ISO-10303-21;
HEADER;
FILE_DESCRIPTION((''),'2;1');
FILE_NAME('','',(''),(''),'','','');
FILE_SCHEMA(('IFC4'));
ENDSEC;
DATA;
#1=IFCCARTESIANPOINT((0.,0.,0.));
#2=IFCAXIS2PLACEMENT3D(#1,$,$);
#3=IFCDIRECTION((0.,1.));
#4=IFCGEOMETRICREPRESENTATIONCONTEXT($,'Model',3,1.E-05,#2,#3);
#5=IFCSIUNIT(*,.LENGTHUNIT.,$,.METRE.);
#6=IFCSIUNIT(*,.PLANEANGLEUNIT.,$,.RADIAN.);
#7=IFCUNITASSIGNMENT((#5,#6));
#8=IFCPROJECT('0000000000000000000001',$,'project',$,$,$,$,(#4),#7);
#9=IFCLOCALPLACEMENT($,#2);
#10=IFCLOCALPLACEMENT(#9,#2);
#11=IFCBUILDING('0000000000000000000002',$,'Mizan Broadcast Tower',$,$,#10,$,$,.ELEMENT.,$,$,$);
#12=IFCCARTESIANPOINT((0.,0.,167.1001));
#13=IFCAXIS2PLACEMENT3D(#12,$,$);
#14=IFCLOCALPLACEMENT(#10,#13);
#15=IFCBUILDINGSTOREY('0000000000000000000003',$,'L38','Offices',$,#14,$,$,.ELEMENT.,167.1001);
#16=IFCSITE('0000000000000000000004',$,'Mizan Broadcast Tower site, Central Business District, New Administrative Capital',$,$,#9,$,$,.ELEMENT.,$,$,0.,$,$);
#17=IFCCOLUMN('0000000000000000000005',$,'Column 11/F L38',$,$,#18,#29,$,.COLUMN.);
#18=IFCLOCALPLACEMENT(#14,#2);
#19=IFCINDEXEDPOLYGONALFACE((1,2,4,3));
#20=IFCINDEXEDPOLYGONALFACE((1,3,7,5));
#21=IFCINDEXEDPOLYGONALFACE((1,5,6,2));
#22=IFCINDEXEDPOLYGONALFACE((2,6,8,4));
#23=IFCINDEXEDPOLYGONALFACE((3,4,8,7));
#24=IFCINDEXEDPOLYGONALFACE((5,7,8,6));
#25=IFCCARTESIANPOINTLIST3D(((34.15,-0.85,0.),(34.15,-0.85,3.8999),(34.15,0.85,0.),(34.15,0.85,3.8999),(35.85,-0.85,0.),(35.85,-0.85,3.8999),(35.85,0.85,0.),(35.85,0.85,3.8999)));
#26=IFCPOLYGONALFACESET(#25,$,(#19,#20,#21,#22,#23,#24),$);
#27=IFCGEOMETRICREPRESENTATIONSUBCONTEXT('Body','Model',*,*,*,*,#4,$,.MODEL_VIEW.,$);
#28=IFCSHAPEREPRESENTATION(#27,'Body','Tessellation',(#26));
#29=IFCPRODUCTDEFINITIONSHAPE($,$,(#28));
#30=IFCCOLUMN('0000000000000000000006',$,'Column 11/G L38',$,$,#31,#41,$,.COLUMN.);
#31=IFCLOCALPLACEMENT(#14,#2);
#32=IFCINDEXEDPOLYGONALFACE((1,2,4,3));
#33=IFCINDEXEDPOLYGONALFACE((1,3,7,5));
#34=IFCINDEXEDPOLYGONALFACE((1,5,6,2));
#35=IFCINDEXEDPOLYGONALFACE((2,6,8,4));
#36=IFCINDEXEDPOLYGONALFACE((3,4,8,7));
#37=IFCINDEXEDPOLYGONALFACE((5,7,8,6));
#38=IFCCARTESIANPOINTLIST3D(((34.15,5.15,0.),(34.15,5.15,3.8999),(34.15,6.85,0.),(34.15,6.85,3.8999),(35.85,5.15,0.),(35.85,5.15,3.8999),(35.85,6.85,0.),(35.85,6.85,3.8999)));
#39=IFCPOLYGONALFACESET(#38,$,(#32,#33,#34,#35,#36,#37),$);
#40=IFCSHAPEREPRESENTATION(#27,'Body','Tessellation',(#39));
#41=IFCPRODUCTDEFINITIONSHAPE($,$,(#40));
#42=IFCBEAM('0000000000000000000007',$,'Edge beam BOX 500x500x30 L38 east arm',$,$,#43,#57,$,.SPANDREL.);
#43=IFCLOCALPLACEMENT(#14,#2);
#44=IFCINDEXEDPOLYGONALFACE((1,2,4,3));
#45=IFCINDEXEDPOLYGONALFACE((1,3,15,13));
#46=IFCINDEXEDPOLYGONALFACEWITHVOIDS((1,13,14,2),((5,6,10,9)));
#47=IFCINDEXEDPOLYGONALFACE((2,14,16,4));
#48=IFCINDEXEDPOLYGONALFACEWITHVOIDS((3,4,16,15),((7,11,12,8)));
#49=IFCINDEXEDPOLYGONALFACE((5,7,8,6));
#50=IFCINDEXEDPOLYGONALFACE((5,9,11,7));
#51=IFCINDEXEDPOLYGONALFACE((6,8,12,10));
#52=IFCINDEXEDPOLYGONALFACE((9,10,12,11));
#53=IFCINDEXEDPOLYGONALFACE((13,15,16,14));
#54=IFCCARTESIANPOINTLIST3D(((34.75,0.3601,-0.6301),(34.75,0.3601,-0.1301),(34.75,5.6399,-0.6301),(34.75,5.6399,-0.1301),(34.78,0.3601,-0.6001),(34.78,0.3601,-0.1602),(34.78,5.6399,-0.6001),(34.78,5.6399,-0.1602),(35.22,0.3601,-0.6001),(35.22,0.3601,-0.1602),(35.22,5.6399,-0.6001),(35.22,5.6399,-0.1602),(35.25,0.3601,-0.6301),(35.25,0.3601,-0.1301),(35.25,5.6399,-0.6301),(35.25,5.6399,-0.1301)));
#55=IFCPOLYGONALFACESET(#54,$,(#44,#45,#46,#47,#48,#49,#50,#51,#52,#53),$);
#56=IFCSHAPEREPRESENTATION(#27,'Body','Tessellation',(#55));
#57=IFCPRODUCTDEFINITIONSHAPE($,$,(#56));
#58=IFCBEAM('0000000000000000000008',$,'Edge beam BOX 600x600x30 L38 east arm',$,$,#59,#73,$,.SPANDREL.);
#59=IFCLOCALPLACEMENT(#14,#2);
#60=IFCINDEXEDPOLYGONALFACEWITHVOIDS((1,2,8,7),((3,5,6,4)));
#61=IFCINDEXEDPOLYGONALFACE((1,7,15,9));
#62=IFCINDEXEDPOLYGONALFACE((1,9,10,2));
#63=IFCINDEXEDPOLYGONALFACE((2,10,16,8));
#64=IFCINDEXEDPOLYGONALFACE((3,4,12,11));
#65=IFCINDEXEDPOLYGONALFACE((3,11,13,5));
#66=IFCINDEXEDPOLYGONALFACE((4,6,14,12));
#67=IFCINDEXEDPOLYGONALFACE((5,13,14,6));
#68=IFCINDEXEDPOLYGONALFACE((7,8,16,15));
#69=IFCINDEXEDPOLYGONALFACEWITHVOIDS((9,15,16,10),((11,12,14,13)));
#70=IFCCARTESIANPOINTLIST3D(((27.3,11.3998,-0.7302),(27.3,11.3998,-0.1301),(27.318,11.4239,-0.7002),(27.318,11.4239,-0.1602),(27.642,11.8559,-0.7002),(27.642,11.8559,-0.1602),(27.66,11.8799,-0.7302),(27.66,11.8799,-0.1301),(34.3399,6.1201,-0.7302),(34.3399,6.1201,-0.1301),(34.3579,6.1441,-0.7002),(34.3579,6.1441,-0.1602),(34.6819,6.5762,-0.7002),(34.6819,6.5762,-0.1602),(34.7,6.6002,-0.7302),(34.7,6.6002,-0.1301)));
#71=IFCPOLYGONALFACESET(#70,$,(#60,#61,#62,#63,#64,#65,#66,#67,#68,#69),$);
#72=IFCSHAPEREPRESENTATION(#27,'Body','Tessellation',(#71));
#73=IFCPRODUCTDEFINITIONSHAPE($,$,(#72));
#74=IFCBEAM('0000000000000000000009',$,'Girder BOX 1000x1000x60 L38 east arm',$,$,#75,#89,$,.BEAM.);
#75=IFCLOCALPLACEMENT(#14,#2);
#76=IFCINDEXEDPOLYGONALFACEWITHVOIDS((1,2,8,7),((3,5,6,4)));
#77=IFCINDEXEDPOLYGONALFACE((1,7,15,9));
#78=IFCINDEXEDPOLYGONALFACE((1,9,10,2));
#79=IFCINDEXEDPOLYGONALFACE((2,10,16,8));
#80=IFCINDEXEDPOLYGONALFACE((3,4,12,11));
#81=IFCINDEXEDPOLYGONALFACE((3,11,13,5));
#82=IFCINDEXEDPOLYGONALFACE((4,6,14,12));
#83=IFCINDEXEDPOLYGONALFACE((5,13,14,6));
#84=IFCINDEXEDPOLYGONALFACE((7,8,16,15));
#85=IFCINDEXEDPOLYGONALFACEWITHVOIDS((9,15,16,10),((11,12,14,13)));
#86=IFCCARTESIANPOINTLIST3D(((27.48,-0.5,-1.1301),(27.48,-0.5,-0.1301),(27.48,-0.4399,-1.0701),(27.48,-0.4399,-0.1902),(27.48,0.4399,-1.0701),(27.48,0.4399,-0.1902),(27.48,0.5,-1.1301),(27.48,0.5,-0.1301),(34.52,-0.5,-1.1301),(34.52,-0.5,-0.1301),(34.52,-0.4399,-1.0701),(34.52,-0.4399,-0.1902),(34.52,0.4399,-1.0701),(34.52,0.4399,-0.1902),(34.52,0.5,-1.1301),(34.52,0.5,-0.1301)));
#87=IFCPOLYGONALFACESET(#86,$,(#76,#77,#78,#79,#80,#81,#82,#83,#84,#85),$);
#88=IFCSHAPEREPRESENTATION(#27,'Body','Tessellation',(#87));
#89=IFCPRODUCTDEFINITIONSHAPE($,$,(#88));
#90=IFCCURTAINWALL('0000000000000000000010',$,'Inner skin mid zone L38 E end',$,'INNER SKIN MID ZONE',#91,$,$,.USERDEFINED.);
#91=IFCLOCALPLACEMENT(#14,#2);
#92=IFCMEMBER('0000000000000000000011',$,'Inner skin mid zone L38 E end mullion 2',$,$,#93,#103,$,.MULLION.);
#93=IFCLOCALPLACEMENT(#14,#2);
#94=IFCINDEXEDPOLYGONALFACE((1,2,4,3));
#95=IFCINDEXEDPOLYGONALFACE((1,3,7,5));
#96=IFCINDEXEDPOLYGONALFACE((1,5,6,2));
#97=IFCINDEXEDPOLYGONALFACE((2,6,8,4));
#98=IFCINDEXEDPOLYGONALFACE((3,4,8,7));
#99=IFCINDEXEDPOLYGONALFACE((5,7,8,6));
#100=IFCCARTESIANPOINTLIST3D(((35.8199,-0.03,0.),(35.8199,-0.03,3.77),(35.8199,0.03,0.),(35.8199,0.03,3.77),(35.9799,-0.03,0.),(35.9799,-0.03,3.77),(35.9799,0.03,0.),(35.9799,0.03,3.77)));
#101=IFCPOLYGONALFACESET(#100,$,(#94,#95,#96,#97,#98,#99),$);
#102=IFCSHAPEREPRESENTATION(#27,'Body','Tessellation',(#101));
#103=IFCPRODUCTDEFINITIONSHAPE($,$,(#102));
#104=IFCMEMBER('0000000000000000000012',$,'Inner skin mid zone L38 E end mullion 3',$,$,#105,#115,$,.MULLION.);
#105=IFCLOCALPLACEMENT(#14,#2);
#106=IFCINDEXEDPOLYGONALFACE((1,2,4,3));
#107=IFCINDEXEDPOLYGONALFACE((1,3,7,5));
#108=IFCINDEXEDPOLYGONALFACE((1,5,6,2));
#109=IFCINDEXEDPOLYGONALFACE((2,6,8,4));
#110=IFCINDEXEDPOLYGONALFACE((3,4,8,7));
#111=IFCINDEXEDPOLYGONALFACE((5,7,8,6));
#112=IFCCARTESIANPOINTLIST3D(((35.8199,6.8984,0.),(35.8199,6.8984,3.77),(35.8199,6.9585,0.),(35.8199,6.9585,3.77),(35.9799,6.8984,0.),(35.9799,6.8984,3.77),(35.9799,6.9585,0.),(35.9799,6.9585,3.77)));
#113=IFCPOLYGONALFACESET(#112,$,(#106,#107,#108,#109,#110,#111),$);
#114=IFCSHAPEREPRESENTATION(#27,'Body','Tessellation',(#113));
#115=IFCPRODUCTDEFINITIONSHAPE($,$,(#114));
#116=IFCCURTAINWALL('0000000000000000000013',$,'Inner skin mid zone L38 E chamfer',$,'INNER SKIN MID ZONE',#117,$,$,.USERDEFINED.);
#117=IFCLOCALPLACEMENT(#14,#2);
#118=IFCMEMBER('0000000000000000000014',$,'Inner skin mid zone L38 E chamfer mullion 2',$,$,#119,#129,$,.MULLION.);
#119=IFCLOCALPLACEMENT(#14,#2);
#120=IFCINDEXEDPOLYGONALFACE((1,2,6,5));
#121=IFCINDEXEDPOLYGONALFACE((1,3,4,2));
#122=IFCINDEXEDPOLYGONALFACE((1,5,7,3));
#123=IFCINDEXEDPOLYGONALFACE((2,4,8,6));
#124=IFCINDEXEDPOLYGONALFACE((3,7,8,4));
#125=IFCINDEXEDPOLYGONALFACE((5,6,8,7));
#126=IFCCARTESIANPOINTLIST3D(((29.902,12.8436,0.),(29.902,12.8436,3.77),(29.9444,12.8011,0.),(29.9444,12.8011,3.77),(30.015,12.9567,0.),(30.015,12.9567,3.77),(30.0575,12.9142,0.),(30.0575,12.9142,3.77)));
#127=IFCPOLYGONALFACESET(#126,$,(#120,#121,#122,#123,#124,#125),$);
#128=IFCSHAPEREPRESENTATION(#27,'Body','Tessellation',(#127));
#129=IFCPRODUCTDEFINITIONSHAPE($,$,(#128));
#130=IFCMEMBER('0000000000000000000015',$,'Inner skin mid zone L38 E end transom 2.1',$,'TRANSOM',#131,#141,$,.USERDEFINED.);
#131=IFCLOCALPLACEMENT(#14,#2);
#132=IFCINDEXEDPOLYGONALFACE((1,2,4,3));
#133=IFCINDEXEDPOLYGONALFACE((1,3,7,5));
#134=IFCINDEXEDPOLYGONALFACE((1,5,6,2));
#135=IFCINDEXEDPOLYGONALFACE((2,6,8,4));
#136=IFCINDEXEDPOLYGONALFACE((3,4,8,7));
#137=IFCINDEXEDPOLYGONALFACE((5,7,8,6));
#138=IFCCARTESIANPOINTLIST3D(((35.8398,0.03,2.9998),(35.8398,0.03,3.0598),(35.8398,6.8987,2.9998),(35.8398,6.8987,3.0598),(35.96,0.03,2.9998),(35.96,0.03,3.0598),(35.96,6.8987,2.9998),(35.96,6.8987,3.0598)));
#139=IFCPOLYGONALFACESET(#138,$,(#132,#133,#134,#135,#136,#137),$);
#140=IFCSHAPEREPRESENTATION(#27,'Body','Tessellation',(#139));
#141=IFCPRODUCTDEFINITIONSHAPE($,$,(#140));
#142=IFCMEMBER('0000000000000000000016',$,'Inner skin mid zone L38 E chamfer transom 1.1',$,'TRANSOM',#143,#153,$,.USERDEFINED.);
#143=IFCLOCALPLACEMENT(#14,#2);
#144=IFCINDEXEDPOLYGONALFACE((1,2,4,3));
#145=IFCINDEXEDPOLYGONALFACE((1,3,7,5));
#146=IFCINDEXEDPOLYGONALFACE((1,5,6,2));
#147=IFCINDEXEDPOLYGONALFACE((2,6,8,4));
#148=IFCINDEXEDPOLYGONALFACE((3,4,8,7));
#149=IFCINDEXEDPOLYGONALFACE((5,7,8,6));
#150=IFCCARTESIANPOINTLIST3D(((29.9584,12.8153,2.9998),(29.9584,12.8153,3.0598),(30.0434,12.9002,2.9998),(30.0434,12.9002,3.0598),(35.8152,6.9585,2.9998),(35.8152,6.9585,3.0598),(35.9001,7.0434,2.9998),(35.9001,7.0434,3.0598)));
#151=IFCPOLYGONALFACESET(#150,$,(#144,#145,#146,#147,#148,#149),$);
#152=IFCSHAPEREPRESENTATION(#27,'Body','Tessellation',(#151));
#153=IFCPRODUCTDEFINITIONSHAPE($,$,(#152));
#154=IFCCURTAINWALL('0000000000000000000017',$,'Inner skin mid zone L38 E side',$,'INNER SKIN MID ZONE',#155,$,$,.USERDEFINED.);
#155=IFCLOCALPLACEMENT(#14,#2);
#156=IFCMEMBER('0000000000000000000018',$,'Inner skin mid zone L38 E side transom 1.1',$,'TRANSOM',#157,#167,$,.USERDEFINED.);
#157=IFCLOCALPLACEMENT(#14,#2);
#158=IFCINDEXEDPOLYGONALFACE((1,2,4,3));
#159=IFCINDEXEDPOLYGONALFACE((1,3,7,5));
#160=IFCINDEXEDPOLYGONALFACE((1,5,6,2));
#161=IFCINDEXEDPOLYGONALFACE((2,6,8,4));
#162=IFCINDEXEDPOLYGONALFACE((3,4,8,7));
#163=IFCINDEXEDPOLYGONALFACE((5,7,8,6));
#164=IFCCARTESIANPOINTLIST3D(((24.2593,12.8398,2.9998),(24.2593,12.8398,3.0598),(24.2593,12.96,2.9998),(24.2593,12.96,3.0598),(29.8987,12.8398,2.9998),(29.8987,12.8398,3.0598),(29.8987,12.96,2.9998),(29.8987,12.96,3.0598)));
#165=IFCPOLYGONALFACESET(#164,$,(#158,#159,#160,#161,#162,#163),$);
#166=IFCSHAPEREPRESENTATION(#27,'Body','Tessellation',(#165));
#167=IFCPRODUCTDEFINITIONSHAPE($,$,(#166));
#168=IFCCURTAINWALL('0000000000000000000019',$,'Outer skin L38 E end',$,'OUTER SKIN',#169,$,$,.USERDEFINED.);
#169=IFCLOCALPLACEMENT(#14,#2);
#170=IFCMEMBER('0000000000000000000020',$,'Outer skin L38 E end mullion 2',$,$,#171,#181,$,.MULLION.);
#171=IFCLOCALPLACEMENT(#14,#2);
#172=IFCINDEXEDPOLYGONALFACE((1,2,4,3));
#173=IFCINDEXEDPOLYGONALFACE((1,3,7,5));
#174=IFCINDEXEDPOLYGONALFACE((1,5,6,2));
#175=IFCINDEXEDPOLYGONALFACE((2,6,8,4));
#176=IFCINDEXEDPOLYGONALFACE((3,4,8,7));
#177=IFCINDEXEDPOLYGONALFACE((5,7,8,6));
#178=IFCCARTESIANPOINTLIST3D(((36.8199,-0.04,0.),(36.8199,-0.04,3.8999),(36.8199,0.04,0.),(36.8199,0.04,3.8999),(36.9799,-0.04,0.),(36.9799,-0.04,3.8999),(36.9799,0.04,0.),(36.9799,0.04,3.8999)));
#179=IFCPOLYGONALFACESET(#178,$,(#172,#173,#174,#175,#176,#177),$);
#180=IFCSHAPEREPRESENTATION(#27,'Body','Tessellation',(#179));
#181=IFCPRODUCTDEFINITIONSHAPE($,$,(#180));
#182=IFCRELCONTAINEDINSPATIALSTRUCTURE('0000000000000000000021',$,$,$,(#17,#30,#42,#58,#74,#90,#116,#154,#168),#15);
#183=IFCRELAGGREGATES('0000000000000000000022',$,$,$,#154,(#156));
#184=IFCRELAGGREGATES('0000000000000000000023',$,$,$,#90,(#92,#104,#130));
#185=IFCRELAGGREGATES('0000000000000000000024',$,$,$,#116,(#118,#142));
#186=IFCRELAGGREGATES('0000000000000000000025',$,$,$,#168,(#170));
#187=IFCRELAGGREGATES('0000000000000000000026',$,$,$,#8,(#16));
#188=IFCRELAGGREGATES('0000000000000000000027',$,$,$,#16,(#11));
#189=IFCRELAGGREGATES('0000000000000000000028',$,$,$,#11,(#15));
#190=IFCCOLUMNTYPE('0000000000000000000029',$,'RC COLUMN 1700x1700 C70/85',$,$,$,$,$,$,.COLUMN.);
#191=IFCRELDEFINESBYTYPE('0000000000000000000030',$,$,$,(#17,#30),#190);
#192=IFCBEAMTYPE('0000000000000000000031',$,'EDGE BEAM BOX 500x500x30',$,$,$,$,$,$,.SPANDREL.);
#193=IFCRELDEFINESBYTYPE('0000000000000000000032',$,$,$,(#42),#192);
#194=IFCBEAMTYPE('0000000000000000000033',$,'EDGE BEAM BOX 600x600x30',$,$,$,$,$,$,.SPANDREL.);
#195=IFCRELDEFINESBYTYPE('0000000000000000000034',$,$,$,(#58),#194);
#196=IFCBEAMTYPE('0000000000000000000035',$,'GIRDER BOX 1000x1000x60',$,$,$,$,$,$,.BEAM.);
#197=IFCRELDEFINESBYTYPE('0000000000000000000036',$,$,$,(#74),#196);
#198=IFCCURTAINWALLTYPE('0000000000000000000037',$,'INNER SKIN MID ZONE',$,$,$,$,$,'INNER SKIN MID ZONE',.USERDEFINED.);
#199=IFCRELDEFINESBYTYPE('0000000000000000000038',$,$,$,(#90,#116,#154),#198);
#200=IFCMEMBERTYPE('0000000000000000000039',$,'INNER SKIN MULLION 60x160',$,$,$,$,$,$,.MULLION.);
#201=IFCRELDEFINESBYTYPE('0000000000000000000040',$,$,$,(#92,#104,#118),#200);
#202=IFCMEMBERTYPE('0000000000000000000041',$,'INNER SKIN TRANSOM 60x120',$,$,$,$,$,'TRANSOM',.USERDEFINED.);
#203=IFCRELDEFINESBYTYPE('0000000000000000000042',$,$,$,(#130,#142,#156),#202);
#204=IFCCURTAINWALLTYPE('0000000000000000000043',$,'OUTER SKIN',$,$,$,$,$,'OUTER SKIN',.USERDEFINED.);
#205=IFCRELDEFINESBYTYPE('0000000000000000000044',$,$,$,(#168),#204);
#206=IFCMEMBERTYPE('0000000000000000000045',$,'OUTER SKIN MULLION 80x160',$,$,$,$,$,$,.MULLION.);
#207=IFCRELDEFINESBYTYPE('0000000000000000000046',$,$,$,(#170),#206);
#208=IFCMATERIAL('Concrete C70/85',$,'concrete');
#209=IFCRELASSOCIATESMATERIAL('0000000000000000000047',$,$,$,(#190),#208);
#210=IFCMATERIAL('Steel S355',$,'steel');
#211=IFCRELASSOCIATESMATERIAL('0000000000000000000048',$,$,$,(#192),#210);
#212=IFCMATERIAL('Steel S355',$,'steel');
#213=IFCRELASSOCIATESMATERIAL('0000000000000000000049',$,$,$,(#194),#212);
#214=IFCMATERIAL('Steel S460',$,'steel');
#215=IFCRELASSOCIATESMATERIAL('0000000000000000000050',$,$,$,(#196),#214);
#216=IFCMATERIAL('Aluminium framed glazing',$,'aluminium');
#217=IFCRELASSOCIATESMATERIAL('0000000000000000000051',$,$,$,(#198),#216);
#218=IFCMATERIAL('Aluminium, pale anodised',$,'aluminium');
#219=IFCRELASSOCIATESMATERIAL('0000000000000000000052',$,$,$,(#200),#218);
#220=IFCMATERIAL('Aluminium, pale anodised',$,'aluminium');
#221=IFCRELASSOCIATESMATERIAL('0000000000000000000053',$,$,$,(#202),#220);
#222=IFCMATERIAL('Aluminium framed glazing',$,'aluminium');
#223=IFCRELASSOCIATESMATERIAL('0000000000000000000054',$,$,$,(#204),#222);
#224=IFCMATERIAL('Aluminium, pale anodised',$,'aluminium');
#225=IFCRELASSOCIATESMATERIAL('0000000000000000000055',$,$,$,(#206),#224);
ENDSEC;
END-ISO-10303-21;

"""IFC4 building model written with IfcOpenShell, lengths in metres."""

from ifc_helpers import new_model, si_unit, direction, frame, origin, origin_2d, place, context, subcontext, project, spatial, rectangle, hollow_rectangle, extrude, material, material_profile, profile_set, type_object, element, aggregate, save


model = new_model("IFC4")

# Units and contexts
model_context = context("Model", 3, precision=1e-05, world=origin(), true_north=direction((0.0, 1.0)))
body_context = subcontext(model_context, "Body", "Model", "MODEL_VIEW")
ifc_project = project(units=[si_unit("LENGTHUNIT", "METRE"), si_unit("PLANEANGLEUNIT", "RADIAN")], contexts=[model_context])

# Site, building, storey
site_placement = place(None, origin())
site = spatial("IfcSite", under=ifc_project, at=site_placement, Name="Mizan Broadcast Tower site, Central Business District, New Administrative Capital", CompositionType="ELEMENT", RefElevation=0.0)
building_placement = place(site_placement, origin())
building = spatial("IfcBuilding", under=site, at=building_placement, Name="Mizan Broadcast Tower", CompositionType="ELEMENT")
storey_placement = place(building_placement, frame((0.0, 0.0, 167.1001)))
storey = spatial("IfcBuildingStorey", under=building, at=storey_placement, Name="L38", Description="Offices", CompositionType="ELEMENT", Elevation=167.1001)

# Columns
ifc_material_1 = material(Name="Concrete C70/85", Category="concrete")
ifc_material_profile_1 = material_profile(ifc_material_1, rectangle(XDim=1.7, YDim=1.7, at=origin_2d()), Name="RC 1700x1700")
ifc_profile_set_1 = profile_set([ifc_material_profile_1], Name="Concrete C70/85")
column_type = type_object("IfcColumnType", Name="RC COLUMN 1700x1700 C70/85", PredefinedType="COLUMN", material=ifc_profile_set_1)
for number, where, z_axis, x_axis, name in (
    (1, (35.0, 0.0, 0.0), (0.0, 0.0, 1.0), (1.0, 0.0, 0.0), "Column 11/F L38"),
    (2, (35.0, 6.0, 0.0), (0.0, 0.0, 1.0), (1.0, 0.0, 0.0), "Column 11/G L38"),
):
    element("IfcColumn", number, at=place(storey_placement, frame(where, z_axis=z_axis, x_axis=x_axis)), inside=storey, type_object=column_type, Name=name, PredefinedType="COLUMN", context=body_context, shape_type="SweptSolid", body=[
        extrude(rectangle(XDim=1.7, YDim=1.7, at=origin_2d()), origin(), (0.0, 0.0, 1.0), 3.8999),
    ])

# Beams
ifc_material_2 = material(Name="Steel S355", Category="steel")
ifc_material_profile_2 = material_profile(ifc_material_2, hollow_rectangle(XDim=0.5, YDim=0.5, WallThickness=0.03, at=origin_2d()), Name="BOX 500x500x30")
ifc_profile_set_2 = profile_set([ifc_material_profile_2], Name="Steel S355")
beam_type_1 = type_object("IfcBeamType", Name="EDGE BEAM BOX 500x500x30", PredefinedType="SPANDREL", material=ifc_profile_set_2)
beam_1_placement = place(storey_placement, frame((35.0, 5.6399, -0.3801), z_axis=(0.0, -1.0, 0.0), x_axis=(1.0, 0.0, 0.0)))
element("IfcBeam", 3, at=beam_1_placement, inside=storey, type_object=beam_type_1, Name="Edge beam BOX 500x500x30 L38 east arm", PredefinedType="SPANDREL", context=body_context, shape_type="SweptSolid", body=[
    extrude(hollow_rectangle(XDim=0.5, YDim=0.5, WallThickness=0.03, at=origin_2d()), origin(), (0.0, 0.0, 1.0), 5.2798),
])
ifc_material_3 = material(Name="Steel S355", Category="steel")
ifc_material_profile_3 = material_profile(ifc_material_3, hollow_rectangle(XDim=0.6001, YDim=0.6001, WallThickness=0.03, at=origin_2d()), Name="BOX 600x600x30")
ifc_profile_set_3 = profile_set([ifc_material_profile_3], Name="Steel S355")
beam_type_2 = type_object("IfcBeamType", Name="EDGE BEAM BOX 600x600x30", PredefinedType="SPANDREL", material=ifc_profile_set_3)
beam_2_placement = place(storey_placement, frame((27.48, 11.6399, -0.4302), z_axis=(0.800013, -0.599982, 0.0), x_axis=(0.599982, 0.800013, 0.0)))
element("IfcBeam", 4, at=beam_2_placement, inside=storey, type_object=beam_type_2, Name="Edge beam BOX 600x600x30 L38 east arm", PredefinedType="SPANDREL", context=body_context, shape_type="SweptSolid", body=[
    extrude(hollow_rectangle(XDim=0.6001, YDim=0.6001, WallThickness=0.03, at=origin_2d()), origin(), (0.0, 0.0, 1.0), 8.7998),
])
ifc_material_4 = material(Name="Steel S460", Category="steel")
ifc_material_profile_4 = material_profile(ifc_material_4, hollow_rectangle(XDim=1.0, YDim=1.0, WallThickness=0.0601, at=origin_2d()), Name="BOX 1000x1000x60")
ifc_profile_set_4 = profile_set([ifc_material_profile_4], Name="Steel S460")
beam_type_3 = type_object("IfcBeamType", Name="GIRDER BOX 1000x1000x60", PredefinedType="BEAM", material=ifc_profile_set_4)
beam_3_placement = place(storey_placement, frame((27.48, 0.0, -0.6301), z_axis=(1.0, 0.0, 0.0), x_axis=(0.0, 1.0, 0.0)))
element("IfcBeam", 5, at=beam_3_placement, inside=storey, type_object=beam_type_3, Name="Girder BOX 1000x1000x60 L38 east arm", PredefinedType="BEAM", context=body_context, shape_type="SweptSolid", body=[
    extrude(hollow_rectangle(XDim=1.0, YDim=1.0, WallThickness=0.0601, at=origin_2d()), origin(), (0.0, 0.0, 1.0), 7.04),
])

# Curtain wall, members
ifc_material_5 = material(Name="Aluminium framed glazing", Category="aluminium")
curtain_wall_type_1 = type_object("IfcCurtainWallType", Name="INNER SKIN MID ZONE", ElementType="INNER SKIN MID ZONE", PredefinedType="USERDEFINED", material=ifc_material_5)
curtain_wall_1_placement = place(storey_placement, origin())
curtain_wall_1 = element("IfcCurtainWall", 6, at=curtain_wall_1_placement, inside=storey, type_object=curtain_wall_type_1, Name="Inner skin mid zone L38 E end", ObjectType="INNER SKIN MID ZONE", PredefinedType="USERDEFINED")
ifc_material_6 = material(Name="Aluminium, pale anodised", Category="aluminium")
ifc_material_profile_5 = material_profile(ifc_material_6, rectangle(XDim=0.1599, YDim=0.0601, at=origin_2d()), Name="MULLION 160x60")
ifc_profile_set_5 = profile_set([ifc_material_profile_5], Name="Aluminium, pale anodised")
member_type_1 = type_object("IfcMemberType", Name="INNER SKIN MULLION 60x160", PredefinedType="MULLION", material=ifc_profile_set_5)
member_1_placement = place(storey_placement, frame((35.8999, 0.0, 0.0), z_axis=(0.0, 0.0, 1.0), x_axis=(-1.0, 0.0, 0.0)))
member_1 = element("IfcMember", 7, at=member_1_placement, type_object=member_type_1, Name="Inner skin mid zone L38 E end mullion 2", PredefinedType="MULLION", context=body_context, shape_type="SweptSolid", body=[
    extrude(rectangle(XDim=0.1599, YDim=0.0601, at=origin_2d()), origin(), (0.0, 0.0, 1.0), 3.77),
])
member_2_placement = place(storey_placement, frame((35.8999, 6.9285, 0.0), z_axis=(0.0, 0.0, 1.0), x_axis=(-1.0, 0.0, 0.0)))
member_2 = element("IfcMember", 8, at=member_2_placement, type_object=member_type_1, Name="Inner skin mid zone L38 E end mullion 3", PredefinedType="MULLION", context=body_context, shape_type="SweptSolid", body=[
    extrude(rectangle(XDim=0.1599, YDim=0.0601, at=origin_2d()), origin(), (0.0, 0.0, 1.0), 3.77),
])

# Curtain wall, member
curtain_wall_2_placement = place(storey_placement, origin())
curtain_wall_2 = element("IfcCurtainWall", 9, at=curtain_wall_2_placement, inside=storey, type_object=curtain_wall_type_1, Name="Inner skin mid zone L38 E chamfer", ObjectType="INNER SKIN MID ZONE", PredefinedType="USERDEFINED")
member_3_placement = place(storey_placement, frame((29.9797, 12.8789, 0.0), z_axis=(0.0, 0.0, 1.0), x_axis=(-0.707107, -0.707107, 0.0)))
member_3 = element("IfcMember", 10, at=member_3_placement, type_object=member_type_1, Name="Inner skin mid zone L38 E chamfer mullion 2", PredefinedType="MULLION", context=body_context, shape_type="SweptSolid", body=[
    extrude(rectangle(XDim=0.1599, YDim=0.0601, at=origin_2d()), origin(), (0.0, 0.0, 1.0), 3.77),
])

# Members
ifc_material_7 = material(Name="Aluminium, pale anodised", Category="aluminium")
ifc_material_profile_6 = material_profile(ifc_material_7, rectangle(XDim=0.1201, YDim=0.0601, at=origin_2d()), Name="TRANSOM 120x60")
ifc_profile_set_6 = profile_set([ifc_material_profile_6], Name="Aluminium, pale anodised")
member_type_2 = type_object("IfcMemberType", Name="INNER SKIN TRANSOM 60x120", ElementType="TRANSOM", PredefinedType="USERDEFINED", material=ifc_profile_set_6)
member_4_placement = place(storey_placement, frame((35.8999, 0.03, 3.0298), z_axis=(0.0, 1.0, 0.0), x_axis=(-1.0, 0.0, 0.0)))
member_4 = element("IfcMember", 11, at=member_4_placement, type_object=member_type_2, Name="Inner skin mid zone L38 E end transom 2.1", ObjectType="TRANSOM", PredefinedType="USERDEFINED", context=body_context, shape_type="SweptSolid", body=[
    extrude(rectangle(XDim=0.1201, YDim=0.0601, at=origin_2d()), origin(), (0.0, 0.0, 1.0), 6.8687),
])
member_5_placement = place(storey_placement, frame((35.8577, 7.001, 3.0298), z_axis=(-0.707107, 0.707107, 0.0), x_axis=(-0.707107, -0.707107, 0.0)))
member_5 = element("IfcMember", 12, at=member_5_placement, type_object=member_type_2, Name="Inner skin mid zone L38 E chamfer transom 1.1", ObjectType="TRANSOM", PredefinedType="USERDEFINED", context=body_context, shape_type="SweptSolid", body=[
    extrude(rectangle(XDim=0.1201, YDim=0.0601, at=origin_2d()), origin(), (0.0, 0.0, 1.0), 8.2827),
])

# Curtain wall, member
curtain_wall_3_placement = place(storey_placement, origin())
curtain_wall_3 = element("IfcCurtainWall", 13, at=curtain_wall_3_placement, inside=storey, type_object=curtain_wall_type_1, Name="Inner skin mid zone L38 E side", ObjectType="INNER SKIN MID ZONE", PredefinedType="USERDEFINED")
member_6_placement = place(storey_placement, frame((29.8987, 12.8999, 3.0298), z_axis=(-1.0, 0.0, 0.0), x_axis=(0.0, -1.0, 0.0)))
member_6 = element("IfcMember", 14, at=member_6_placement, type_object=member_type_2, Name="Inner skin mid zone L38 E side transom 1.1", ObjectType="TRANSOM", PredefinedType="USERDEFINED", context=body_context, shape_type="SweptSolid", body=[
    extrude(rectangle(XDim=0.1201, YDim=0.0601, at=origin_2d()), origin(), (0.0, 0.0, 1.0), 5.6394),
])
aggregate(curtain_wall_3, [member_6])

# Curtain wall, member
ifc_material_8 = material(Name="Aluminium framed glazing", Category="aluminium")
curtain_wall_type_2 = type_object("IfcCurtainWallType", Name="OUTER SKIN", ElementType="OUTER SKIN", PredefinedType="USERDEFINED", material=ifc_material_8)
curtain_wall_4_placement = place(storey_placement, origin())
curtain_wall_4 = element("IfcCurtainWall", 15, at=curtain_wall_4_placement, inside=storey, type_object=curtain_wall_type_2, Name="Outer skin L38 E end", ObjectType="OUTER SKIN", PredefinedType="USERDEFINED")
ifc_material_9 = material(Name="Aluminium, pale anodised", Category="aluminium")
ifc_material_profile_7 = material_profile(ifc_material_9, rectangle(XDim=0.1599, YDim=0.0801, at=origin_2d()), Name="MULLION 160x80")
ifc_profile_set_7 = profile_set([ifc_material_profile_7], Name="Aluminium, pale anodised")
member_type_3 = type_object("IfcMemberType", Name="OUTER SKIN MULLION 80x160", PredefinedType="MULLION", material=ifc_profile_set_7)
member_7_placement = place(storey_placement, frame((36.8999, 0.0, 0.0), z_axis=(0.0, 0.0, 1.0), x_axis=(-1.0, 0.0, 0.0)))
member_7 = element("IfcMember", 16, at=member_7_placement, type_object=member_type_3, Name="Outer skin L38 E end mullion 2", PredefinedType="MULLION", context=body_context, shape_type="SweptSolid", body=[
    extrude(rectangle(XDim=0.1599, YDim=0.0801, at=origin_2d()), origin(), (0.0, 0.0, 1.0), 3.8999),
])

aggregate(curtain_wall_1, [member_1, member_2, member_4])
aggregate(curtain_wall_2, [member_3, member_5])
aggregate(curtain_wall_4, [member_7])

save(model, "model.ifc")
